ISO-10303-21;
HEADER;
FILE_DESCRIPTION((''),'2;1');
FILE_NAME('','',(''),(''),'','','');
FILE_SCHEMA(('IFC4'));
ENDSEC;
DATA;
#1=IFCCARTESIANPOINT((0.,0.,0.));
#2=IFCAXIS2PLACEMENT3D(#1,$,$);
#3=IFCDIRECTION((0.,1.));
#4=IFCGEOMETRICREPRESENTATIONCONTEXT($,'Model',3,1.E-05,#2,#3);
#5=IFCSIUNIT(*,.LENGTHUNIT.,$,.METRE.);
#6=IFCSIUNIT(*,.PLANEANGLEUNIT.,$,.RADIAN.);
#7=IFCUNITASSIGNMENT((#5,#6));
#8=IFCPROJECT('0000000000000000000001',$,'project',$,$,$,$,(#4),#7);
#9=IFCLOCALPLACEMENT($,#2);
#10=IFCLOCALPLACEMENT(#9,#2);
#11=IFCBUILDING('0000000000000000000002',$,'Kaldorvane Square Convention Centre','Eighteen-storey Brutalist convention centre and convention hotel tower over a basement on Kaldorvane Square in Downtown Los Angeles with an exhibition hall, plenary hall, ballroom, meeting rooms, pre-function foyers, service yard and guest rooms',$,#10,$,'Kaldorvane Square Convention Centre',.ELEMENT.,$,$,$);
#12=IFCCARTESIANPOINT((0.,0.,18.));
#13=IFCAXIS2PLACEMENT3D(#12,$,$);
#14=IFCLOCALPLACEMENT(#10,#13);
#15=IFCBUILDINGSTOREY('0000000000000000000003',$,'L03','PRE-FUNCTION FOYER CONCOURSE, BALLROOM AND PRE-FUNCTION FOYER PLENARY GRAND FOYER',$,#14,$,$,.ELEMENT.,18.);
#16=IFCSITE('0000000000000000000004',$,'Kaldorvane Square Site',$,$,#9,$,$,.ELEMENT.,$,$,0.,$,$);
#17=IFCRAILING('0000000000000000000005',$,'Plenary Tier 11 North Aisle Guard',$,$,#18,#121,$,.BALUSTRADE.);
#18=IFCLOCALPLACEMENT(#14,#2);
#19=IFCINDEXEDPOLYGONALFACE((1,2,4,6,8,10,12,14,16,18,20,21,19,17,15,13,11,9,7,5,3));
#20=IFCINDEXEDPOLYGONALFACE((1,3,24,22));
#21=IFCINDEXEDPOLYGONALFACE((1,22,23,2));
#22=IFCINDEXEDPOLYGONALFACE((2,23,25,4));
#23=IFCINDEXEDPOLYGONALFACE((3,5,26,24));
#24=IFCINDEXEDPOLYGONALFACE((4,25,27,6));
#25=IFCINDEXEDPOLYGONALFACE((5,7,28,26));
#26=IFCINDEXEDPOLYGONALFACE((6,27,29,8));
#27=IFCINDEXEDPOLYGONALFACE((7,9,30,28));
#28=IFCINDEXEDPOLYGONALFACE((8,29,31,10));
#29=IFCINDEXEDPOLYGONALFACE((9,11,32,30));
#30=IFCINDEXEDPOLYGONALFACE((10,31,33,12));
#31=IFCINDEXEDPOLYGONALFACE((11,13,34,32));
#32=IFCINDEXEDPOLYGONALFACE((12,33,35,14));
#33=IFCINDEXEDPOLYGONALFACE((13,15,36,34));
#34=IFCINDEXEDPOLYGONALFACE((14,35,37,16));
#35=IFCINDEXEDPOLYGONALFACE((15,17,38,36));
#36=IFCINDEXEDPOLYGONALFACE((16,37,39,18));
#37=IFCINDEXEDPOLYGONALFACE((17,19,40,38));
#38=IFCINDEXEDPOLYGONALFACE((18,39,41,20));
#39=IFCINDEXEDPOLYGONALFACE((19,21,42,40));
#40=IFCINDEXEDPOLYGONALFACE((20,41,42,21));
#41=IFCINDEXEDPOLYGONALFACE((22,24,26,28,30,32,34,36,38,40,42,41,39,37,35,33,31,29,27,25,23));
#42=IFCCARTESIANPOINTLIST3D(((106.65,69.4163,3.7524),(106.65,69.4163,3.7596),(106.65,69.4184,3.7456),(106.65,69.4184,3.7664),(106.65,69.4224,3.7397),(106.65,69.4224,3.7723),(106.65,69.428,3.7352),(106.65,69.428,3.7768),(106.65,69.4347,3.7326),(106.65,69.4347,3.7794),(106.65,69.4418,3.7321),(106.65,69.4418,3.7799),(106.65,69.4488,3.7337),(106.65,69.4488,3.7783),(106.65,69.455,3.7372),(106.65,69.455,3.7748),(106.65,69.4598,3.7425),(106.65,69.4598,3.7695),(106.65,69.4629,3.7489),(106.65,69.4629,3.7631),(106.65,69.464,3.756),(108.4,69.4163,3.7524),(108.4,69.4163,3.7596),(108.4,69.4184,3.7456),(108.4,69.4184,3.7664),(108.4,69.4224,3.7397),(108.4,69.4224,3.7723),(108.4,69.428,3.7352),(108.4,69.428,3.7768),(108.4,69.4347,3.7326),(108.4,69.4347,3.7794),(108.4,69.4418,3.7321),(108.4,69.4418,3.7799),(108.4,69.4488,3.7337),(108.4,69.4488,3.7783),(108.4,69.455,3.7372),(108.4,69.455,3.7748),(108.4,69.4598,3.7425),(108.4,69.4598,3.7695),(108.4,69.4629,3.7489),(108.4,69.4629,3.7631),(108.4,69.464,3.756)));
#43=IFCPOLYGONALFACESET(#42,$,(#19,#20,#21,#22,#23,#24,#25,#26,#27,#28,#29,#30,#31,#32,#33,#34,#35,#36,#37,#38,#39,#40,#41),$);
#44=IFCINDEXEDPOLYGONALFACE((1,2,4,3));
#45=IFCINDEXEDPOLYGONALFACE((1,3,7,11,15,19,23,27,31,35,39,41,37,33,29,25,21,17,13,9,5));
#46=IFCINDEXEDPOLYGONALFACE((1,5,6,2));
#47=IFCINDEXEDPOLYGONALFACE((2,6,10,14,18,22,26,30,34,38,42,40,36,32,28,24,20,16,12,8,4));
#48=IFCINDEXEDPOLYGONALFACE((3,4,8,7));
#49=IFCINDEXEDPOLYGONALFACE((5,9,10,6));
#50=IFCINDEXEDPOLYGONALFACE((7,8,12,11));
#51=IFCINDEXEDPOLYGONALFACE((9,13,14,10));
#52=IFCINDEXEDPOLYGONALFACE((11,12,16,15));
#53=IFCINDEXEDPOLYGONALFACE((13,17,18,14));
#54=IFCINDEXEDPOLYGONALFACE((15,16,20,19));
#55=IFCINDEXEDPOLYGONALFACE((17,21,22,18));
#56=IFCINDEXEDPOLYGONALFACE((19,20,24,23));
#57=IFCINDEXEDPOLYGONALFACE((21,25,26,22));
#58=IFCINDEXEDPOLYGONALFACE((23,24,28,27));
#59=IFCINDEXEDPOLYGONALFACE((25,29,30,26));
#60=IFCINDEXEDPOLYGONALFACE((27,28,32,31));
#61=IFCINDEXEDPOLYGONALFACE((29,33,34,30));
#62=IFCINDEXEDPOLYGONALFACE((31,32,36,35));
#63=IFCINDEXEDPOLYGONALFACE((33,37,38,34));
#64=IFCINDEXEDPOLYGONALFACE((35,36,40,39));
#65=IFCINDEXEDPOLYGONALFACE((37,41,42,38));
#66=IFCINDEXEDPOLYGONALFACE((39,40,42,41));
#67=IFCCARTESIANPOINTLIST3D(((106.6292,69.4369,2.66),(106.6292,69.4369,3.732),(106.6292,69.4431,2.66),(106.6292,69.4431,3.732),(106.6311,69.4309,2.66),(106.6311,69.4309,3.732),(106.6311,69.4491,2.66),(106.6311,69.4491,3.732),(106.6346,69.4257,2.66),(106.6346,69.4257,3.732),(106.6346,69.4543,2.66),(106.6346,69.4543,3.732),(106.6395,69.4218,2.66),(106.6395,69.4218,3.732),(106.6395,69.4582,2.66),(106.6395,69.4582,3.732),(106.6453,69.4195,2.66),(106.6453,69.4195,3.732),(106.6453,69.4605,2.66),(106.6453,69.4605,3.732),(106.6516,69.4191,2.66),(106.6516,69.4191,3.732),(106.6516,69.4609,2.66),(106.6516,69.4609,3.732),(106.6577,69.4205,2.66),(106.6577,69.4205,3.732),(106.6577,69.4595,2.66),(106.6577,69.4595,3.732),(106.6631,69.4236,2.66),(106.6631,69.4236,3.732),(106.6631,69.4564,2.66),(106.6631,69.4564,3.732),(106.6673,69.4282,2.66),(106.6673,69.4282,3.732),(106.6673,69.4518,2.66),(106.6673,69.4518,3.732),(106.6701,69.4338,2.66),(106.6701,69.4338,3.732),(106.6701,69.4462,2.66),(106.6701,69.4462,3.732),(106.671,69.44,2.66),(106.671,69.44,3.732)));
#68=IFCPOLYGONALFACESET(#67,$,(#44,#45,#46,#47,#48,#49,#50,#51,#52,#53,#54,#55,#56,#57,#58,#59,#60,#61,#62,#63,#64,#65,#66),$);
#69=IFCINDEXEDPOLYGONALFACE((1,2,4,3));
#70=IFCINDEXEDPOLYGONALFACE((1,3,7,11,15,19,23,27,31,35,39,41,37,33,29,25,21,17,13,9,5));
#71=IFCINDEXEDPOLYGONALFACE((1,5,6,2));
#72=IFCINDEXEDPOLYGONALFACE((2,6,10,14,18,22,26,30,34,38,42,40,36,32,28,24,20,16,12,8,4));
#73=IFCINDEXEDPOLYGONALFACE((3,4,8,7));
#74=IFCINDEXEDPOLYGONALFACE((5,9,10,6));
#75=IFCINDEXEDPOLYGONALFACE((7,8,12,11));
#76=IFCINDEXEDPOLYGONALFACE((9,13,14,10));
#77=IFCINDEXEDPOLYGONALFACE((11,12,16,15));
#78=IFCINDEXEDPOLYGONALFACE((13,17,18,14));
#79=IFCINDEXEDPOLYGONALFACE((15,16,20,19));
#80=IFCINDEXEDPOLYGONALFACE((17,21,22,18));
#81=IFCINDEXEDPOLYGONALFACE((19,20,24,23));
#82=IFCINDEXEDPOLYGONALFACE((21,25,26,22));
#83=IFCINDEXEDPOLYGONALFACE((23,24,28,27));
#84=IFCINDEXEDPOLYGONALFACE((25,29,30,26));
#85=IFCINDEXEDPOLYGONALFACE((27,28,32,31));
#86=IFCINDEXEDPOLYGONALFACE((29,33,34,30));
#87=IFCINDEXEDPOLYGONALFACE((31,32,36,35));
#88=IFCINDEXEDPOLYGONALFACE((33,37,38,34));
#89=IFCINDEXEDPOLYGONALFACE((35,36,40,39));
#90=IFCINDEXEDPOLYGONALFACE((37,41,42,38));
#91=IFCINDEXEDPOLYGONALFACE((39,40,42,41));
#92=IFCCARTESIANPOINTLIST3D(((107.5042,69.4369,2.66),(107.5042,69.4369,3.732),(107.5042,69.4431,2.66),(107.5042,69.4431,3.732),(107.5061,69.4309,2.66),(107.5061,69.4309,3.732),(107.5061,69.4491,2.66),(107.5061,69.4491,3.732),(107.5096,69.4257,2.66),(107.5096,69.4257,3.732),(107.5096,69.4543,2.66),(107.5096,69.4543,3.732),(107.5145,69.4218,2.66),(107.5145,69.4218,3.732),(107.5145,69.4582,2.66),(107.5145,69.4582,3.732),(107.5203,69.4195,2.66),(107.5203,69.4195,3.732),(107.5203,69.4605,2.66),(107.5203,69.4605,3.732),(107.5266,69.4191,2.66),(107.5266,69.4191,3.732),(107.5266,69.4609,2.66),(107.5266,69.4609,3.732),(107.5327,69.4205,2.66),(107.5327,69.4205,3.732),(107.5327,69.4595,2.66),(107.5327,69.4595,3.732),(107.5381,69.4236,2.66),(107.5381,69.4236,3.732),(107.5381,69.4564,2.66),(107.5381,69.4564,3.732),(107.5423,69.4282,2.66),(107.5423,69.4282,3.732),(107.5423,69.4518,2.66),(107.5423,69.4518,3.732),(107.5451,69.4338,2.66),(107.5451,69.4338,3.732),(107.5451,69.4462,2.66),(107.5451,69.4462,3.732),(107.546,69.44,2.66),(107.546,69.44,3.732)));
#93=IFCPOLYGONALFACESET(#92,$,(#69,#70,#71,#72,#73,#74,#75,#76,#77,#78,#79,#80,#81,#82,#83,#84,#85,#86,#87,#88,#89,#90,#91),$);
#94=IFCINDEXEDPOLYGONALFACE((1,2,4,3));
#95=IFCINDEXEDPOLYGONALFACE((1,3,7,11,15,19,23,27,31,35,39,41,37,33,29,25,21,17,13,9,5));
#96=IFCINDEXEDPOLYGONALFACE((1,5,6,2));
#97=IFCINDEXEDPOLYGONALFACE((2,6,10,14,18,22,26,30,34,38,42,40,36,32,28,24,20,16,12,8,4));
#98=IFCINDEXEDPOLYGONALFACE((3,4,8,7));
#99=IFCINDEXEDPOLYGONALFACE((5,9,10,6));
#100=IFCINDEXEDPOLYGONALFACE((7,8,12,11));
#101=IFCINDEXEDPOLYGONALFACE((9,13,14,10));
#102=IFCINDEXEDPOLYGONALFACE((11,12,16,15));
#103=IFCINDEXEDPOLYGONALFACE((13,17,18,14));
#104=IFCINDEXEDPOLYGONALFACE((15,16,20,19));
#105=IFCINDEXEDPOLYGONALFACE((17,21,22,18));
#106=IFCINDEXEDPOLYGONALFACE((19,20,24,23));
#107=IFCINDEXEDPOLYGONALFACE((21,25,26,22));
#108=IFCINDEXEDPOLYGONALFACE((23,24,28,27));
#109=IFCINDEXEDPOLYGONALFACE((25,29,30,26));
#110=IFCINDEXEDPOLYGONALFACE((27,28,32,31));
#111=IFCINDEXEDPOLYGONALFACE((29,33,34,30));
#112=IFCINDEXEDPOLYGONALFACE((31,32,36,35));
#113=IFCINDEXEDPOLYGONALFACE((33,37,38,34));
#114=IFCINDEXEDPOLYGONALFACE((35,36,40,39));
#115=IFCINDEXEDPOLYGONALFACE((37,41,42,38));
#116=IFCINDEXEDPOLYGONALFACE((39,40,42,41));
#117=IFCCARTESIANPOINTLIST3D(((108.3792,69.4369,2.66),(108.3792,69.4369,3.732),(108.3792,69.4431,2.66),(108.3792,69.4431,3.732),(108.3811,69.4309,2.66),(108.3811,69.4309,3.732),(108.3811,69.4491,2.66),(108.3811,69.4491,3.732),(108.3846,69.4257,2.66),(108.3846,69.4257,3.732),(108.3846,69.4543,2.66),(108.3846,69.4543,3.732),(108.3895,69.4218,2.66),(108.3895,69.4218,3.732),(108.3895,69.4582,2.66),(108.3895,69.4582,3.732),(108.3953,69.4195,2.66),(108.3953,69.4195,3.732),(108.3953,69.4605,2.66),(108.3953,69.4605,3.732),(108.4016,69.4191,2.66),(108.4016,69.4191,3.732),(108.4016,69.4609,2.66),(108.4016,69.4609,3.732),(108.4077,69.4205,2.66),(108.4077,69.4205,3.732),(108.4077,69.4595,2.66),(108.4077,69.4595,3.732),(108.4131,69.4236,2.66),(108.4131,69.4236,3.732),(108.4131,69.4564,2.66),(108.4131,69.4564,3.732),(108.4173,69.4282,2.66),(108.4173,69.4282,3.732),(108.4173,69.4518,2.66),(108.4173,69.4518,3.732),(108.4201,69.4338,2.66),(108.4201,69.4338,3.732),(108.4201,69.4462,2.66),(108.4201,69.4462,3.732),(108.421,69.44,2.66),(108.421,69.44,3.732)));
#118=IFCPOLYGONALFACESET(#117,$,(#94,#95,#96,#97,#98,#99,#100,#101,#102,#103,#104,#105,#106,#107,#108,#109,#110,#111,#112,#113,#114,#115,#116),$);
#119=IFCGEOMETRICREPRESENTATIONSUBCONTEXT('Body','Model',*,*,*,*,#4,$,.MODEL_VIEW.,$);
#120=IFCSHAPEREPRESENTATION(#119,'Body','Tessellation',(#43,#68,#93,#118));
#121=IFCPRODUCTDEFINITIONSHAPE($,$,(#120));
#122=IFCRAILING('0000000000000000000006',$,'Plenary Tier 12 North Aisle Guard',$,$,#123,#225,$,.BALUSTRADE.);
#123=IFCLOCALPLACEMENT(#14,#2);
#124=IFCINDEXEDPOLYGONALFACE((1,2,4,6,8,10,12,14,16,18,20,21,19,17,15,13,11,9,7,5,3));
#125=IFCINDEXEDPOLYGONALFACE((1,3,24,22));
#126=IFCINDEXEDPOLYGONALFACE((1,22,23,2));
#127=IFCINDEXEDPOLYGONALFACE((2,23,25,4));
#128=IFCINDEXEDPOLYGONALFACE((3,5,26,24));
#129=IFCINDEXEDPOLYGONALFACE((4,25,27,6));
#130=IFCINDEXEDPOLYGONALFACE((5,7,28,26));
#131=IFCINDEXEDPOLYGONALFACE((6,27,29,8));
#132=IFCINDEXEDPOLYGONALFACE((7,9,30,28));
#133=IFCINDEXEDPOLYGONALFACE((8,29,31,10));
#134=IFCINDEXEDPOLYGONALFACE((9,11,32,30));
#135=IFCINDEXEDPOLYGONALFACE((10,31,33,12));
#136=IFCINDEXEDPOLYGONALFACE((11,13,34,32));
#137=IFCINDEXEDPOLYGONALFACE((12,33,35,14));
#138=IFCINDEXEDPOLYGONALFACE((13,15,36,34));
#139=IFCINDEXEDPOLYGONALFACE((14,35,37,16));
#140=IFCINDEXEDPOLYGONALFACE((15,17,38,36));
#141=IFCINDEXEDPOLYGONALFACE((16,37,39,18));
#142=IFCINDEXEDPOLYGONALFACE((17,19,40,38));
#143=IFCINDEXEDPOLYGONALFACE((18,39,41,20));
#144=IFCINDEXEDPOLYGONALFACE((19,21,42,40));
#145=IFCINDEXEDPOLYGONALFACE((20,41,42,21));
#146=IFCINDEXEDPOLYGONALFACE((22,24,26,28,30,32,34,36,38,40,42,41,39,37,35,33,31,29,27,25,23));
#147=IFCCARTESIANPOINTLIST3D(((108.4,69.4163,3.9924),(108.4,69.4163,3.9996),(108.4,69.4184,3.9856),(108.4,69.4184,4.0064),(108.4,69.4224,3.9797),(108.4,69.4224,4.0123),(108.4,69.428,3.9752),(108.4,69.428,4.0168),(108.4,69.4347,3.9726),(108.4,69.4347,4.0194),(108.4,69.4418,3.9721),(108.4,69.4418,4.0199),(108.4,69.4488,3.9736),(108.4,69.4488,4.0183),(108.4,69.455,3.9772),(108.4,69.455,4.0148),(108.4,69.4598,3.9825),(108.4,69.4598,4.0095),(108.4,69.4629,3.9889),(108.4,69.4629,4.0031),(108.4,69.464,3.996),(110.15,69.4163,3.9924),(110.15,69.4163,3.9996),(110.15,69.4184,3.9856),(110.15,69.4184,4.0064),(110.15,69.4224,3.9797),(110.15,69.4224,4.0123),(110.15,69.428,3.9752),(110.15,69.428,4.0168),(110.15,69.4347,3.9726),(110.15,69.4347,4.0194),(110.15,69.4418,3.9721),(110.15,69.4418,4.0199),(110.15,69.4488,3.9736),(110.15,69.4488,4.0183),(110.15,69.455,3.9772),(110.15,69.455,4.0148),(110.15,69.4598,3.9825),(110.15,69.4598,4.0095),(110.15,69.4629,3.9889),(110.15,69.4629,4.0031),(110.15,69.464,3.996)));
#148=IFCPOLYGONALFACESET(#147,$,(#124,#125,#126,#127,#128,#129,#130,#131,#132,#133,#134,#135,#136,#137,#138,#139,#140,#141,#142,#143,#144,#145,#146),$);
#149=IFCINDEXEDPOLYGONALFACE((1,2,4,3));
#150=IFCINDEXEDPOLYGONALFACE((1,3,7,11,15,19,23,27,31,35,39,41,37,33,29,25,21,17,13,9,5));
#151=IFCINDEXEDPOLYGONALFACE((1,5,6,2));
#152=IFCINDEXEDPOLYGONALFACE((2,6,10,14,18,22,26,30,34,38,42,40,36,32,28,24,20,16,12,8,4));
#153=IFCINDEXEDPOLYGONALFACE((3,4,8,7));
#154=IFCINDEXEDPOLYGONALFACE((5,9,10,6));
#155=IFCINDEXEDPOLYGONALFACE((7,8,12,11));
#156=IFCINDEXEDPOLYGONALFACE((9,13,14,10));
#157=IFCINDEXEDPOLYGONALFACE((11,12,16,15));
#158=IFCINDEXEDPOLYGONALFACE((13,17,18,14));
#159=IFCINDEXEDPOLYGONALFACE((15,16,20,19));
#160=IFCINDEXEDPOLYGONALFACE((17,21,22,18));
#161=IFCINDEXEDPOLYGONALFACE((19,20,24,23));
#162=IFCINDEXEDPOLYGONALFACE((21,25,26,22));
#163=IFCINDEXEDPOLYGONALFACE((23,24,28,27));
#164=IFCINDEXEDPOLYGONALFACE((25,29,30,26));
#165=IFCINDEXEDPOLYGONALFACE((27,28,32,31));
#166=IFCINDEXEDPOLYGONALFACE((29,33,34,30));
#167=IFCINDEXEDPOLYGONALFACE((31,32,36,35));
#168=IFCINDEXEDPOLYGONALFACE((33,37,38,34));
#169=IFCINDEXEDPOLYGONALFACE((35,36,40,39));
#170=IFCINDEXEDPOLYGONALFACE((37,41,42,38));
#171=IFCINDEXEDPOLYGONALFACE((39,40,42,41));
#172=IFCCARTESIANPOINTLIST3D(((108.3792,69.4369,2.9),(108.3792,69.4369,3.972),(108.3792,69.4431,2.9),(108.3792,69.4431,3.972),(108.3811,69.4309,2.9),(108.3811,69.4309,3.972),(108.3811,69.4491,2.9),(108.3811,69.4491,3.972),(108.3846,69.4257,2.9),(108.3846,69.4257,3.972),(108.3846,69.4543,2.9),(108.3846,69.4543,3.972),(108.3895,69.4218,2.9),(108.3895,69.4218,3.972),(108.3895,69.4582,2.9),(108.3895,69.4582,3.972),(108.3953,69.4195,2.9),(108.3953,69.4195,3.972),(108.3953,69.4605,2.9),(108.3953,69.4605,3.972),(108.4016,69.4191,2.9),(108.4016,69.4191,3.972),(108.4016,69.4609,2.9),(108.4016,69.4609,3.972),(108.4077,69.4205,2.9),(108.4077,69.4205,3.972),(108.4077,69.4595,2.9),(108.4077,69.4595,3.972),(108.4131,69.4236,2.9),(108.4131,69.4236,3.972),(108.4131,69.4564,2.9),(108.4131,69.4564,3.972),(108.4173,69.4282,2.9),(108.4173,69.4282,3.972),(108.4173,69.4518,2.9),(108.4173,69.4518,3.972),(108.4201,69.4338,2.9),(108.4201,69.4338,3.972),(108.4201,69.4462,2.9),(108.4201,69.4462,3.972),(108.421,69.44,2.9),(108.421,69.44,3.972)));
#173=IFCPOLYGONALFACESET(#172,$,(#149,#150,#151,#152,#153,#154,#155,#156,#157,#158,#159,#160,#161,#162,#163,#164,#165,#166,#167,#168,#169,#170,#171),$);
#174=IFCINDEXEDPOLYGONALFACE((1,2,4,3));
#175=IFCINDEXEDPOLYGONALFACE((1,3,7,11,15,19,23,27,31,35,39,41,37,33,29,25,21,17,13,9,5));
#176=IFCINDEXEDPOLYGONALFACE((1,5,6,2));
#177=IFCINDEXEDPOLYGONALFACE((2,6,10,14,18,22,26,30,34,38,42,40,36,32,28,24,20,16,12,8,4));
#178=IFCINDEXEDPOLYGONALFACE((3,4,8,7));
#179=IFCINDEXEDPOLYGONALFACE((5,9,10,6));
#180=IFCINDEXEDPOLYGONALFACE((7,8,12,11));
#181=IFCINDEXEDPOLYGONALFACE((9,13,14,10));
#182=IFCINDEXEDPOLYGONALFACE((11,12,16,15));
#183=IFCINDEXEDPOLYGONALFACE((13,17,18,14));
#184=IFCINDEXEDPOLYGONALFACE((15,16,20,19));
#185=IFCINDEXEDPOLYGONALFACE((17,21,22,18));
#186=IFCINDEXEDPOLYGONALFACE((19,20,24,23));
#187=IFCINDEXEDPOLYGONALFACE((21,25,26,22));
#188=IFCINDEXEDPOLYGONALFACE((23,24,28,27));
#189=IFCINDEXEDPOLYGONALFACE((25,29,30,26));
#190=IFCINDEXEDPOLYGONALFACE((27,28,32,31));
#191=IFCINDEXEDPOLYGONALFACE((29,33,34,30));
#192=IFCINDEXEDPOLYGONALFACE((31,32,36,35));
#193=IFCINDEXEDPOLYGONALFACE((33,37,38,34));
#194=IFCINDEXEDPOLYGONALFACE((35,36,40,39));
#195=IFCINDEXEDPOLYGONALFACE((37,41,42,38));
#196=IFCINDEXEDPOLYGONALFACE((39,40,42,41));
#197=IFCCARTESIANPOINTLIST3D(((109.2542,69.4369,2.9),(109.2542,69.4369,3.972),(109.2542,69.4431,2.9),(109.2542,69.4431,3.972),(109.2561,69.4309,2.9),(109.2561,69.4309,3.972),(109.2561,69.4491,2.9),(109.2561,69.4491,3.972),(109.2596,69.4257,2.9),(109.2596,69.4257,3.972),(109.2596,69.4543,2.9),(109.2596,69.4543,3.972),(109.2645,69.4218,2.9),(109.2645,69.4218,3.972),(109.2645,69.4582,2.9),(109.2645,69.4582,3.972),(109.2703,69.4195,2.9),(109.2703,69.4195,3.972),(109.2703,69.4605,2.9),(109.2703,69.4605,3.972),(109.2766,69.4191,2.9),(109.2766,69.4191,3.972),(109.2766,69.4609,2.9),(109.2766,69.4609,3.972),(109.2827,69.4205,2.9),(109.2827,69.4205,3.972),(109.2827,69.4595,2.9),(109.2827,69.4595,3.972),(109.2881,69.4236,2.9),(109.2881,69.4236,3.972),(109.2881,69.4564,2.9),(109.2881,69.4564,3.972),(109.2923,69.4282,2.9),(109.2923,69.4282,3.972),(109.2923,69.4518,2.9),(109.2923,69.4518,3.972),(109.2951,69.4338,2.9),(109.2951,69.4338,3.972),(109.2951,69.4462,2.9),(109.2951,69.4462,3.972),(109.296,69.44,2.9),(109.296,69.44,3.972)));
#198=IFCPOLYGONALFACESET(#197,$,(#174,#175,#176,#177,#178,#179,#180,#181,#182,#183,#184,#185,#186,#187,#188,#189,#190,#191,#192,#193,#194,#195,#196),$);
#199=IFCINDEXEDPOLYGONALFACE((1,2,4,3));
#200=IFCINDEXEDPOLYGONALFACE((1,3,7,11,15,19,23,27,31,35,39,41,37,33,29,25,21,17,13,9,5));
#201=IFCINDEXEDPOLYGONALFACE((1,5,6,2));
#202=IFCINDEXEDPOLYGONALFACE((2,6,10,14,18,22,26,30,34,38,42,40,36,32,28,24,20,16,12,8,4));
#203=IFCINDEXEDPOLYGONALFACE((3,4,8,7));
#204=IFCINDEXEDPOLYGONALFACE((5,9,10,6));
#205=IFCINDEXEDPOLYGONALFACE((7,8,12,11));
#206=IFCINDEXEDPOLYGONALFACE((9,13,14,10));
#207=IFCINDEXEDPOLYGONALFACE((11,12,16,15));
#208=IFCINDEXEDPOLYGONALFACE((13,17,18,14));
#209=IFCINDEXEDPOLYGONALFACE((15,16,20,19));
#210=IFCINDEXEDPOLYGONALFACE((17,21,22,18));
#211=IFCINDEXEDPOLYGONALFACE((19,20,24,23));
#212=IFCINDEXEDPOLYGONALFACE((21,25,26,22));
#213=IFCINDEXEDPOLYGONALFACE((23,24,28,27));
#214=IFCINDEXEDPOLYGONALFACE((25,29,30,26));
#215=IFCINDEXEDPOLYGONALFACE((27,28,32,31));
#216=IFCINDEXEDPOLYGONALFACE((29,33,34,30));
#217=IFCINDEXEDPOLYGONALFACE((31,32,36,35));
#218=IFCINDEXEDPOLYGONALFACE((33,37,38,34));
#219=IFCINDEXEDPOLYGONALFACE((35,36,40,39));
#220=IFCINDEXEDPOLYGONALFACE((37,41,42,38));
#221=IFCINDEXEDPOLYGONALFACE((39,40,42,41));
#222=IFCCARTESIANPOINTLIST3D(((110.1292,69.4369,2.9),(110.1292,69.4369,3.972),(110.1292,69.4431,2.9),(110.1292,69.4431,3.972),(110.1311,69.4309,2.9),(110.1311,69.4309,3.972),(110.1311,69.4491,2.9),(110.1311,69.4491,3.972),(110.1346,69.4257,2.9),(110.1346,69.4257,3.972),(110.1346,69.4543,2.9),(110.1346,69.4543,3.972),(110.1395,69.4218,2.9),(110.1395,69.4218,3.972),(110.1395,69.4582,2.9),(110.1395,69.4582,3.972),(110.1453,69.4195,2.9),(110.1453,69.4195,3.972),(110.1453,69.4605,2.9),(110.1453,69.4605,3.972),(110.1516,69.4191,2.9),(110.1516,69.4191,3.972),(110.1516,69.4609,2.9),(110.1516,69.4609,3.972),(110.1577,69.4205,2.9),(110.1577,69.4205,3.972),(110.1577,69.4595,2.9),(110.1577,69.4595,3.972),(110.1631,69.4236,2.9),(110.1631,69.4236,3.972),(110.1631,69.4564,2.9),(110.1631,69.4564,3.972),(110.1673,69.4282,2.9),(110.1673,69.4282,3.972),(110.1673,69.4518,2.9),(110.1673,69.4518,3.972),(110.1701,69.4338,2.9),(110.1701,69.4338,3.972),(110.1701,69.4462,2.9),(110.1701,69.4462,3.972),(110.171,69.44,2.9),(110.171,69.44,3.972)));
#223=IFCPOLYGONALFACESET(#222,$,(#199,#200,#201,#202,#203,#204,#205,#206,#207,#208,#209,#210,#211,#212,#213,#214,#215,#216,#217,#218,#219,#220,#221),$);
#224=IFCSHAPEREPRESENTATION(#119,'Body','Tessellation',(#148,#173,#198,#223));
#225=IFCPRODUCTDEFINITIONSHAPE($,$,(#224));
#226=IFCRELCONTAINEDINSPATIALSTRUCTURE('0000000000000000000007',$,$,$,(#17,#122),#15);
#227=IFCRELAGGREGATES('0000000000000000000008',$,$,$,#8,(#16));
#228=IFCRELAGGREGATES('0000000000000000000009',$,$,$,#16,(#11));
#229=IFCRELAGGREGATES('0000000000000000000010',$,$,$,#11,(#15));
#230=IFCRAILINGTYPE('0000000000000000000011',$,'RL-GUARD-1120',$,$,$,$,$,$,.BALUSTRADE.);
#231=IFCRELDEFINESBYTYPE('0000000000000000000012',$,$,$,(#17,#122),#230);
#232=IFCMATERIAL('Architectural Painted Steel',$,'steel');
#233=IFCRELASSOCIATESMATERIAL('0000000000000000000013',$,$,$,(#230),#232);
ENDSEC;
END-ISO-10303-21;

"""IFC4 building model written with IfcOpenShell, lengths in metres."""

from ifc_helpers import new_model, si_unit, direction, frame, origin, origin_2d, place, context, subcontext, project, spatial, circle, extrude, material, type_object, element, save


model = new_model("IFC4")

# Units and contexts
model_context = context("Model", 3, precision=1e-05, world=origin(), true_north=direction((0.0, 1.0)))
body_context = subcontext(model_context, "Body", "Model", "MODEL_VIEW")
ifc_project = project(units=[si_unit("LENGTHUNIT", "METRE"), si_unit("PLANEANGLEUNIT", "RADIAN")], contexts=[model_context])

# Site, building, storey
site_placement = place(None, origin())
site = spatial("IfcSite", under=ifc_project, at=site_placement, Name="Kaldorvane Square Site", CompositionType="ELEMENT", RefElevation=0.0)
building_placement = place(site_placement, origin())
building = spatial("IfcBuilding", under=site, at=building_placement, Name="Kaldorvane Square Convention Centre", Description="Eighteen-storey Brutalist convention centre and convention hotel tower over a basement on Kaldorvane Square in Downtown Los Angeles with an exhibition hall, plenary hall, ballroom, meeting rooms, pre-function foyers, service yard and guest rooms", LongName="Kaldorvane Square Convention Centre", CompositionType="ELEMENT")
storey_placement = place(building_placement, frame((0.0, 0.0, 18.0)))
storey = spatial("IfcBuildingStorey", under=building, at=storey_placement, Name="L03", Description="PRE-FUNCTION FOYER CONCOURSE, BALLROOM AND PRE-FUNCTION FOYER PLENARY GRAND FOYER", CompositionType="ELEMENT", Elevation=18.0)

# Railings
ifc_material_1 = material(Name="Architectural Painted Steel", Category="steel")
railing_type_1 = type_object("IfcRailingType", Name="RL-GUARD-1120", PredefinedType="BALUSTRADE", material=ifc_material_1)
for number, where, name in (
    (1, (106.65, 69.44, 2.66), "Plenary Tier 11 North Aisle Guard"),
    (2, (108.4, 69.44, 2.9), "Plenary Tier 12 North Aisle Guard"),
):
    element("IfcRailing", number, at=place(storey_placement, frame(where)), inside=storey, type_object=railing_type_1, Name=name, PredefinedType="BALUSTRADE", context=body_context, shape_type="SweptSolid", body=[
        extrude(circle(Radius=0.024, at=origin_2d()), frame((0.0, 0.0, 1.096), z_axis=(1.0, 0.0, 0.0), x_axis=(0.0, 1.0, 0.0)), (0.0, 0.0, 1.0), 1.75),
        extrude(circle(Radius=0.021, at=origin_2d()), origin(), (0.0, 0.0, 1.0), 1.072),
        extrude(circle(Radius=0.021, at=origin_2d()), frame((0.875, 0.0, 0.0)), (0.0, 0.0, 1.0), 1.072),
        extrude(circle(Radius=0.021, at=origin_2d()), frame((1.75, 0.0, 0.0)), (0.0, 0.0, 1.0), 1.072),
    ])

save(model, "model.ifc")
